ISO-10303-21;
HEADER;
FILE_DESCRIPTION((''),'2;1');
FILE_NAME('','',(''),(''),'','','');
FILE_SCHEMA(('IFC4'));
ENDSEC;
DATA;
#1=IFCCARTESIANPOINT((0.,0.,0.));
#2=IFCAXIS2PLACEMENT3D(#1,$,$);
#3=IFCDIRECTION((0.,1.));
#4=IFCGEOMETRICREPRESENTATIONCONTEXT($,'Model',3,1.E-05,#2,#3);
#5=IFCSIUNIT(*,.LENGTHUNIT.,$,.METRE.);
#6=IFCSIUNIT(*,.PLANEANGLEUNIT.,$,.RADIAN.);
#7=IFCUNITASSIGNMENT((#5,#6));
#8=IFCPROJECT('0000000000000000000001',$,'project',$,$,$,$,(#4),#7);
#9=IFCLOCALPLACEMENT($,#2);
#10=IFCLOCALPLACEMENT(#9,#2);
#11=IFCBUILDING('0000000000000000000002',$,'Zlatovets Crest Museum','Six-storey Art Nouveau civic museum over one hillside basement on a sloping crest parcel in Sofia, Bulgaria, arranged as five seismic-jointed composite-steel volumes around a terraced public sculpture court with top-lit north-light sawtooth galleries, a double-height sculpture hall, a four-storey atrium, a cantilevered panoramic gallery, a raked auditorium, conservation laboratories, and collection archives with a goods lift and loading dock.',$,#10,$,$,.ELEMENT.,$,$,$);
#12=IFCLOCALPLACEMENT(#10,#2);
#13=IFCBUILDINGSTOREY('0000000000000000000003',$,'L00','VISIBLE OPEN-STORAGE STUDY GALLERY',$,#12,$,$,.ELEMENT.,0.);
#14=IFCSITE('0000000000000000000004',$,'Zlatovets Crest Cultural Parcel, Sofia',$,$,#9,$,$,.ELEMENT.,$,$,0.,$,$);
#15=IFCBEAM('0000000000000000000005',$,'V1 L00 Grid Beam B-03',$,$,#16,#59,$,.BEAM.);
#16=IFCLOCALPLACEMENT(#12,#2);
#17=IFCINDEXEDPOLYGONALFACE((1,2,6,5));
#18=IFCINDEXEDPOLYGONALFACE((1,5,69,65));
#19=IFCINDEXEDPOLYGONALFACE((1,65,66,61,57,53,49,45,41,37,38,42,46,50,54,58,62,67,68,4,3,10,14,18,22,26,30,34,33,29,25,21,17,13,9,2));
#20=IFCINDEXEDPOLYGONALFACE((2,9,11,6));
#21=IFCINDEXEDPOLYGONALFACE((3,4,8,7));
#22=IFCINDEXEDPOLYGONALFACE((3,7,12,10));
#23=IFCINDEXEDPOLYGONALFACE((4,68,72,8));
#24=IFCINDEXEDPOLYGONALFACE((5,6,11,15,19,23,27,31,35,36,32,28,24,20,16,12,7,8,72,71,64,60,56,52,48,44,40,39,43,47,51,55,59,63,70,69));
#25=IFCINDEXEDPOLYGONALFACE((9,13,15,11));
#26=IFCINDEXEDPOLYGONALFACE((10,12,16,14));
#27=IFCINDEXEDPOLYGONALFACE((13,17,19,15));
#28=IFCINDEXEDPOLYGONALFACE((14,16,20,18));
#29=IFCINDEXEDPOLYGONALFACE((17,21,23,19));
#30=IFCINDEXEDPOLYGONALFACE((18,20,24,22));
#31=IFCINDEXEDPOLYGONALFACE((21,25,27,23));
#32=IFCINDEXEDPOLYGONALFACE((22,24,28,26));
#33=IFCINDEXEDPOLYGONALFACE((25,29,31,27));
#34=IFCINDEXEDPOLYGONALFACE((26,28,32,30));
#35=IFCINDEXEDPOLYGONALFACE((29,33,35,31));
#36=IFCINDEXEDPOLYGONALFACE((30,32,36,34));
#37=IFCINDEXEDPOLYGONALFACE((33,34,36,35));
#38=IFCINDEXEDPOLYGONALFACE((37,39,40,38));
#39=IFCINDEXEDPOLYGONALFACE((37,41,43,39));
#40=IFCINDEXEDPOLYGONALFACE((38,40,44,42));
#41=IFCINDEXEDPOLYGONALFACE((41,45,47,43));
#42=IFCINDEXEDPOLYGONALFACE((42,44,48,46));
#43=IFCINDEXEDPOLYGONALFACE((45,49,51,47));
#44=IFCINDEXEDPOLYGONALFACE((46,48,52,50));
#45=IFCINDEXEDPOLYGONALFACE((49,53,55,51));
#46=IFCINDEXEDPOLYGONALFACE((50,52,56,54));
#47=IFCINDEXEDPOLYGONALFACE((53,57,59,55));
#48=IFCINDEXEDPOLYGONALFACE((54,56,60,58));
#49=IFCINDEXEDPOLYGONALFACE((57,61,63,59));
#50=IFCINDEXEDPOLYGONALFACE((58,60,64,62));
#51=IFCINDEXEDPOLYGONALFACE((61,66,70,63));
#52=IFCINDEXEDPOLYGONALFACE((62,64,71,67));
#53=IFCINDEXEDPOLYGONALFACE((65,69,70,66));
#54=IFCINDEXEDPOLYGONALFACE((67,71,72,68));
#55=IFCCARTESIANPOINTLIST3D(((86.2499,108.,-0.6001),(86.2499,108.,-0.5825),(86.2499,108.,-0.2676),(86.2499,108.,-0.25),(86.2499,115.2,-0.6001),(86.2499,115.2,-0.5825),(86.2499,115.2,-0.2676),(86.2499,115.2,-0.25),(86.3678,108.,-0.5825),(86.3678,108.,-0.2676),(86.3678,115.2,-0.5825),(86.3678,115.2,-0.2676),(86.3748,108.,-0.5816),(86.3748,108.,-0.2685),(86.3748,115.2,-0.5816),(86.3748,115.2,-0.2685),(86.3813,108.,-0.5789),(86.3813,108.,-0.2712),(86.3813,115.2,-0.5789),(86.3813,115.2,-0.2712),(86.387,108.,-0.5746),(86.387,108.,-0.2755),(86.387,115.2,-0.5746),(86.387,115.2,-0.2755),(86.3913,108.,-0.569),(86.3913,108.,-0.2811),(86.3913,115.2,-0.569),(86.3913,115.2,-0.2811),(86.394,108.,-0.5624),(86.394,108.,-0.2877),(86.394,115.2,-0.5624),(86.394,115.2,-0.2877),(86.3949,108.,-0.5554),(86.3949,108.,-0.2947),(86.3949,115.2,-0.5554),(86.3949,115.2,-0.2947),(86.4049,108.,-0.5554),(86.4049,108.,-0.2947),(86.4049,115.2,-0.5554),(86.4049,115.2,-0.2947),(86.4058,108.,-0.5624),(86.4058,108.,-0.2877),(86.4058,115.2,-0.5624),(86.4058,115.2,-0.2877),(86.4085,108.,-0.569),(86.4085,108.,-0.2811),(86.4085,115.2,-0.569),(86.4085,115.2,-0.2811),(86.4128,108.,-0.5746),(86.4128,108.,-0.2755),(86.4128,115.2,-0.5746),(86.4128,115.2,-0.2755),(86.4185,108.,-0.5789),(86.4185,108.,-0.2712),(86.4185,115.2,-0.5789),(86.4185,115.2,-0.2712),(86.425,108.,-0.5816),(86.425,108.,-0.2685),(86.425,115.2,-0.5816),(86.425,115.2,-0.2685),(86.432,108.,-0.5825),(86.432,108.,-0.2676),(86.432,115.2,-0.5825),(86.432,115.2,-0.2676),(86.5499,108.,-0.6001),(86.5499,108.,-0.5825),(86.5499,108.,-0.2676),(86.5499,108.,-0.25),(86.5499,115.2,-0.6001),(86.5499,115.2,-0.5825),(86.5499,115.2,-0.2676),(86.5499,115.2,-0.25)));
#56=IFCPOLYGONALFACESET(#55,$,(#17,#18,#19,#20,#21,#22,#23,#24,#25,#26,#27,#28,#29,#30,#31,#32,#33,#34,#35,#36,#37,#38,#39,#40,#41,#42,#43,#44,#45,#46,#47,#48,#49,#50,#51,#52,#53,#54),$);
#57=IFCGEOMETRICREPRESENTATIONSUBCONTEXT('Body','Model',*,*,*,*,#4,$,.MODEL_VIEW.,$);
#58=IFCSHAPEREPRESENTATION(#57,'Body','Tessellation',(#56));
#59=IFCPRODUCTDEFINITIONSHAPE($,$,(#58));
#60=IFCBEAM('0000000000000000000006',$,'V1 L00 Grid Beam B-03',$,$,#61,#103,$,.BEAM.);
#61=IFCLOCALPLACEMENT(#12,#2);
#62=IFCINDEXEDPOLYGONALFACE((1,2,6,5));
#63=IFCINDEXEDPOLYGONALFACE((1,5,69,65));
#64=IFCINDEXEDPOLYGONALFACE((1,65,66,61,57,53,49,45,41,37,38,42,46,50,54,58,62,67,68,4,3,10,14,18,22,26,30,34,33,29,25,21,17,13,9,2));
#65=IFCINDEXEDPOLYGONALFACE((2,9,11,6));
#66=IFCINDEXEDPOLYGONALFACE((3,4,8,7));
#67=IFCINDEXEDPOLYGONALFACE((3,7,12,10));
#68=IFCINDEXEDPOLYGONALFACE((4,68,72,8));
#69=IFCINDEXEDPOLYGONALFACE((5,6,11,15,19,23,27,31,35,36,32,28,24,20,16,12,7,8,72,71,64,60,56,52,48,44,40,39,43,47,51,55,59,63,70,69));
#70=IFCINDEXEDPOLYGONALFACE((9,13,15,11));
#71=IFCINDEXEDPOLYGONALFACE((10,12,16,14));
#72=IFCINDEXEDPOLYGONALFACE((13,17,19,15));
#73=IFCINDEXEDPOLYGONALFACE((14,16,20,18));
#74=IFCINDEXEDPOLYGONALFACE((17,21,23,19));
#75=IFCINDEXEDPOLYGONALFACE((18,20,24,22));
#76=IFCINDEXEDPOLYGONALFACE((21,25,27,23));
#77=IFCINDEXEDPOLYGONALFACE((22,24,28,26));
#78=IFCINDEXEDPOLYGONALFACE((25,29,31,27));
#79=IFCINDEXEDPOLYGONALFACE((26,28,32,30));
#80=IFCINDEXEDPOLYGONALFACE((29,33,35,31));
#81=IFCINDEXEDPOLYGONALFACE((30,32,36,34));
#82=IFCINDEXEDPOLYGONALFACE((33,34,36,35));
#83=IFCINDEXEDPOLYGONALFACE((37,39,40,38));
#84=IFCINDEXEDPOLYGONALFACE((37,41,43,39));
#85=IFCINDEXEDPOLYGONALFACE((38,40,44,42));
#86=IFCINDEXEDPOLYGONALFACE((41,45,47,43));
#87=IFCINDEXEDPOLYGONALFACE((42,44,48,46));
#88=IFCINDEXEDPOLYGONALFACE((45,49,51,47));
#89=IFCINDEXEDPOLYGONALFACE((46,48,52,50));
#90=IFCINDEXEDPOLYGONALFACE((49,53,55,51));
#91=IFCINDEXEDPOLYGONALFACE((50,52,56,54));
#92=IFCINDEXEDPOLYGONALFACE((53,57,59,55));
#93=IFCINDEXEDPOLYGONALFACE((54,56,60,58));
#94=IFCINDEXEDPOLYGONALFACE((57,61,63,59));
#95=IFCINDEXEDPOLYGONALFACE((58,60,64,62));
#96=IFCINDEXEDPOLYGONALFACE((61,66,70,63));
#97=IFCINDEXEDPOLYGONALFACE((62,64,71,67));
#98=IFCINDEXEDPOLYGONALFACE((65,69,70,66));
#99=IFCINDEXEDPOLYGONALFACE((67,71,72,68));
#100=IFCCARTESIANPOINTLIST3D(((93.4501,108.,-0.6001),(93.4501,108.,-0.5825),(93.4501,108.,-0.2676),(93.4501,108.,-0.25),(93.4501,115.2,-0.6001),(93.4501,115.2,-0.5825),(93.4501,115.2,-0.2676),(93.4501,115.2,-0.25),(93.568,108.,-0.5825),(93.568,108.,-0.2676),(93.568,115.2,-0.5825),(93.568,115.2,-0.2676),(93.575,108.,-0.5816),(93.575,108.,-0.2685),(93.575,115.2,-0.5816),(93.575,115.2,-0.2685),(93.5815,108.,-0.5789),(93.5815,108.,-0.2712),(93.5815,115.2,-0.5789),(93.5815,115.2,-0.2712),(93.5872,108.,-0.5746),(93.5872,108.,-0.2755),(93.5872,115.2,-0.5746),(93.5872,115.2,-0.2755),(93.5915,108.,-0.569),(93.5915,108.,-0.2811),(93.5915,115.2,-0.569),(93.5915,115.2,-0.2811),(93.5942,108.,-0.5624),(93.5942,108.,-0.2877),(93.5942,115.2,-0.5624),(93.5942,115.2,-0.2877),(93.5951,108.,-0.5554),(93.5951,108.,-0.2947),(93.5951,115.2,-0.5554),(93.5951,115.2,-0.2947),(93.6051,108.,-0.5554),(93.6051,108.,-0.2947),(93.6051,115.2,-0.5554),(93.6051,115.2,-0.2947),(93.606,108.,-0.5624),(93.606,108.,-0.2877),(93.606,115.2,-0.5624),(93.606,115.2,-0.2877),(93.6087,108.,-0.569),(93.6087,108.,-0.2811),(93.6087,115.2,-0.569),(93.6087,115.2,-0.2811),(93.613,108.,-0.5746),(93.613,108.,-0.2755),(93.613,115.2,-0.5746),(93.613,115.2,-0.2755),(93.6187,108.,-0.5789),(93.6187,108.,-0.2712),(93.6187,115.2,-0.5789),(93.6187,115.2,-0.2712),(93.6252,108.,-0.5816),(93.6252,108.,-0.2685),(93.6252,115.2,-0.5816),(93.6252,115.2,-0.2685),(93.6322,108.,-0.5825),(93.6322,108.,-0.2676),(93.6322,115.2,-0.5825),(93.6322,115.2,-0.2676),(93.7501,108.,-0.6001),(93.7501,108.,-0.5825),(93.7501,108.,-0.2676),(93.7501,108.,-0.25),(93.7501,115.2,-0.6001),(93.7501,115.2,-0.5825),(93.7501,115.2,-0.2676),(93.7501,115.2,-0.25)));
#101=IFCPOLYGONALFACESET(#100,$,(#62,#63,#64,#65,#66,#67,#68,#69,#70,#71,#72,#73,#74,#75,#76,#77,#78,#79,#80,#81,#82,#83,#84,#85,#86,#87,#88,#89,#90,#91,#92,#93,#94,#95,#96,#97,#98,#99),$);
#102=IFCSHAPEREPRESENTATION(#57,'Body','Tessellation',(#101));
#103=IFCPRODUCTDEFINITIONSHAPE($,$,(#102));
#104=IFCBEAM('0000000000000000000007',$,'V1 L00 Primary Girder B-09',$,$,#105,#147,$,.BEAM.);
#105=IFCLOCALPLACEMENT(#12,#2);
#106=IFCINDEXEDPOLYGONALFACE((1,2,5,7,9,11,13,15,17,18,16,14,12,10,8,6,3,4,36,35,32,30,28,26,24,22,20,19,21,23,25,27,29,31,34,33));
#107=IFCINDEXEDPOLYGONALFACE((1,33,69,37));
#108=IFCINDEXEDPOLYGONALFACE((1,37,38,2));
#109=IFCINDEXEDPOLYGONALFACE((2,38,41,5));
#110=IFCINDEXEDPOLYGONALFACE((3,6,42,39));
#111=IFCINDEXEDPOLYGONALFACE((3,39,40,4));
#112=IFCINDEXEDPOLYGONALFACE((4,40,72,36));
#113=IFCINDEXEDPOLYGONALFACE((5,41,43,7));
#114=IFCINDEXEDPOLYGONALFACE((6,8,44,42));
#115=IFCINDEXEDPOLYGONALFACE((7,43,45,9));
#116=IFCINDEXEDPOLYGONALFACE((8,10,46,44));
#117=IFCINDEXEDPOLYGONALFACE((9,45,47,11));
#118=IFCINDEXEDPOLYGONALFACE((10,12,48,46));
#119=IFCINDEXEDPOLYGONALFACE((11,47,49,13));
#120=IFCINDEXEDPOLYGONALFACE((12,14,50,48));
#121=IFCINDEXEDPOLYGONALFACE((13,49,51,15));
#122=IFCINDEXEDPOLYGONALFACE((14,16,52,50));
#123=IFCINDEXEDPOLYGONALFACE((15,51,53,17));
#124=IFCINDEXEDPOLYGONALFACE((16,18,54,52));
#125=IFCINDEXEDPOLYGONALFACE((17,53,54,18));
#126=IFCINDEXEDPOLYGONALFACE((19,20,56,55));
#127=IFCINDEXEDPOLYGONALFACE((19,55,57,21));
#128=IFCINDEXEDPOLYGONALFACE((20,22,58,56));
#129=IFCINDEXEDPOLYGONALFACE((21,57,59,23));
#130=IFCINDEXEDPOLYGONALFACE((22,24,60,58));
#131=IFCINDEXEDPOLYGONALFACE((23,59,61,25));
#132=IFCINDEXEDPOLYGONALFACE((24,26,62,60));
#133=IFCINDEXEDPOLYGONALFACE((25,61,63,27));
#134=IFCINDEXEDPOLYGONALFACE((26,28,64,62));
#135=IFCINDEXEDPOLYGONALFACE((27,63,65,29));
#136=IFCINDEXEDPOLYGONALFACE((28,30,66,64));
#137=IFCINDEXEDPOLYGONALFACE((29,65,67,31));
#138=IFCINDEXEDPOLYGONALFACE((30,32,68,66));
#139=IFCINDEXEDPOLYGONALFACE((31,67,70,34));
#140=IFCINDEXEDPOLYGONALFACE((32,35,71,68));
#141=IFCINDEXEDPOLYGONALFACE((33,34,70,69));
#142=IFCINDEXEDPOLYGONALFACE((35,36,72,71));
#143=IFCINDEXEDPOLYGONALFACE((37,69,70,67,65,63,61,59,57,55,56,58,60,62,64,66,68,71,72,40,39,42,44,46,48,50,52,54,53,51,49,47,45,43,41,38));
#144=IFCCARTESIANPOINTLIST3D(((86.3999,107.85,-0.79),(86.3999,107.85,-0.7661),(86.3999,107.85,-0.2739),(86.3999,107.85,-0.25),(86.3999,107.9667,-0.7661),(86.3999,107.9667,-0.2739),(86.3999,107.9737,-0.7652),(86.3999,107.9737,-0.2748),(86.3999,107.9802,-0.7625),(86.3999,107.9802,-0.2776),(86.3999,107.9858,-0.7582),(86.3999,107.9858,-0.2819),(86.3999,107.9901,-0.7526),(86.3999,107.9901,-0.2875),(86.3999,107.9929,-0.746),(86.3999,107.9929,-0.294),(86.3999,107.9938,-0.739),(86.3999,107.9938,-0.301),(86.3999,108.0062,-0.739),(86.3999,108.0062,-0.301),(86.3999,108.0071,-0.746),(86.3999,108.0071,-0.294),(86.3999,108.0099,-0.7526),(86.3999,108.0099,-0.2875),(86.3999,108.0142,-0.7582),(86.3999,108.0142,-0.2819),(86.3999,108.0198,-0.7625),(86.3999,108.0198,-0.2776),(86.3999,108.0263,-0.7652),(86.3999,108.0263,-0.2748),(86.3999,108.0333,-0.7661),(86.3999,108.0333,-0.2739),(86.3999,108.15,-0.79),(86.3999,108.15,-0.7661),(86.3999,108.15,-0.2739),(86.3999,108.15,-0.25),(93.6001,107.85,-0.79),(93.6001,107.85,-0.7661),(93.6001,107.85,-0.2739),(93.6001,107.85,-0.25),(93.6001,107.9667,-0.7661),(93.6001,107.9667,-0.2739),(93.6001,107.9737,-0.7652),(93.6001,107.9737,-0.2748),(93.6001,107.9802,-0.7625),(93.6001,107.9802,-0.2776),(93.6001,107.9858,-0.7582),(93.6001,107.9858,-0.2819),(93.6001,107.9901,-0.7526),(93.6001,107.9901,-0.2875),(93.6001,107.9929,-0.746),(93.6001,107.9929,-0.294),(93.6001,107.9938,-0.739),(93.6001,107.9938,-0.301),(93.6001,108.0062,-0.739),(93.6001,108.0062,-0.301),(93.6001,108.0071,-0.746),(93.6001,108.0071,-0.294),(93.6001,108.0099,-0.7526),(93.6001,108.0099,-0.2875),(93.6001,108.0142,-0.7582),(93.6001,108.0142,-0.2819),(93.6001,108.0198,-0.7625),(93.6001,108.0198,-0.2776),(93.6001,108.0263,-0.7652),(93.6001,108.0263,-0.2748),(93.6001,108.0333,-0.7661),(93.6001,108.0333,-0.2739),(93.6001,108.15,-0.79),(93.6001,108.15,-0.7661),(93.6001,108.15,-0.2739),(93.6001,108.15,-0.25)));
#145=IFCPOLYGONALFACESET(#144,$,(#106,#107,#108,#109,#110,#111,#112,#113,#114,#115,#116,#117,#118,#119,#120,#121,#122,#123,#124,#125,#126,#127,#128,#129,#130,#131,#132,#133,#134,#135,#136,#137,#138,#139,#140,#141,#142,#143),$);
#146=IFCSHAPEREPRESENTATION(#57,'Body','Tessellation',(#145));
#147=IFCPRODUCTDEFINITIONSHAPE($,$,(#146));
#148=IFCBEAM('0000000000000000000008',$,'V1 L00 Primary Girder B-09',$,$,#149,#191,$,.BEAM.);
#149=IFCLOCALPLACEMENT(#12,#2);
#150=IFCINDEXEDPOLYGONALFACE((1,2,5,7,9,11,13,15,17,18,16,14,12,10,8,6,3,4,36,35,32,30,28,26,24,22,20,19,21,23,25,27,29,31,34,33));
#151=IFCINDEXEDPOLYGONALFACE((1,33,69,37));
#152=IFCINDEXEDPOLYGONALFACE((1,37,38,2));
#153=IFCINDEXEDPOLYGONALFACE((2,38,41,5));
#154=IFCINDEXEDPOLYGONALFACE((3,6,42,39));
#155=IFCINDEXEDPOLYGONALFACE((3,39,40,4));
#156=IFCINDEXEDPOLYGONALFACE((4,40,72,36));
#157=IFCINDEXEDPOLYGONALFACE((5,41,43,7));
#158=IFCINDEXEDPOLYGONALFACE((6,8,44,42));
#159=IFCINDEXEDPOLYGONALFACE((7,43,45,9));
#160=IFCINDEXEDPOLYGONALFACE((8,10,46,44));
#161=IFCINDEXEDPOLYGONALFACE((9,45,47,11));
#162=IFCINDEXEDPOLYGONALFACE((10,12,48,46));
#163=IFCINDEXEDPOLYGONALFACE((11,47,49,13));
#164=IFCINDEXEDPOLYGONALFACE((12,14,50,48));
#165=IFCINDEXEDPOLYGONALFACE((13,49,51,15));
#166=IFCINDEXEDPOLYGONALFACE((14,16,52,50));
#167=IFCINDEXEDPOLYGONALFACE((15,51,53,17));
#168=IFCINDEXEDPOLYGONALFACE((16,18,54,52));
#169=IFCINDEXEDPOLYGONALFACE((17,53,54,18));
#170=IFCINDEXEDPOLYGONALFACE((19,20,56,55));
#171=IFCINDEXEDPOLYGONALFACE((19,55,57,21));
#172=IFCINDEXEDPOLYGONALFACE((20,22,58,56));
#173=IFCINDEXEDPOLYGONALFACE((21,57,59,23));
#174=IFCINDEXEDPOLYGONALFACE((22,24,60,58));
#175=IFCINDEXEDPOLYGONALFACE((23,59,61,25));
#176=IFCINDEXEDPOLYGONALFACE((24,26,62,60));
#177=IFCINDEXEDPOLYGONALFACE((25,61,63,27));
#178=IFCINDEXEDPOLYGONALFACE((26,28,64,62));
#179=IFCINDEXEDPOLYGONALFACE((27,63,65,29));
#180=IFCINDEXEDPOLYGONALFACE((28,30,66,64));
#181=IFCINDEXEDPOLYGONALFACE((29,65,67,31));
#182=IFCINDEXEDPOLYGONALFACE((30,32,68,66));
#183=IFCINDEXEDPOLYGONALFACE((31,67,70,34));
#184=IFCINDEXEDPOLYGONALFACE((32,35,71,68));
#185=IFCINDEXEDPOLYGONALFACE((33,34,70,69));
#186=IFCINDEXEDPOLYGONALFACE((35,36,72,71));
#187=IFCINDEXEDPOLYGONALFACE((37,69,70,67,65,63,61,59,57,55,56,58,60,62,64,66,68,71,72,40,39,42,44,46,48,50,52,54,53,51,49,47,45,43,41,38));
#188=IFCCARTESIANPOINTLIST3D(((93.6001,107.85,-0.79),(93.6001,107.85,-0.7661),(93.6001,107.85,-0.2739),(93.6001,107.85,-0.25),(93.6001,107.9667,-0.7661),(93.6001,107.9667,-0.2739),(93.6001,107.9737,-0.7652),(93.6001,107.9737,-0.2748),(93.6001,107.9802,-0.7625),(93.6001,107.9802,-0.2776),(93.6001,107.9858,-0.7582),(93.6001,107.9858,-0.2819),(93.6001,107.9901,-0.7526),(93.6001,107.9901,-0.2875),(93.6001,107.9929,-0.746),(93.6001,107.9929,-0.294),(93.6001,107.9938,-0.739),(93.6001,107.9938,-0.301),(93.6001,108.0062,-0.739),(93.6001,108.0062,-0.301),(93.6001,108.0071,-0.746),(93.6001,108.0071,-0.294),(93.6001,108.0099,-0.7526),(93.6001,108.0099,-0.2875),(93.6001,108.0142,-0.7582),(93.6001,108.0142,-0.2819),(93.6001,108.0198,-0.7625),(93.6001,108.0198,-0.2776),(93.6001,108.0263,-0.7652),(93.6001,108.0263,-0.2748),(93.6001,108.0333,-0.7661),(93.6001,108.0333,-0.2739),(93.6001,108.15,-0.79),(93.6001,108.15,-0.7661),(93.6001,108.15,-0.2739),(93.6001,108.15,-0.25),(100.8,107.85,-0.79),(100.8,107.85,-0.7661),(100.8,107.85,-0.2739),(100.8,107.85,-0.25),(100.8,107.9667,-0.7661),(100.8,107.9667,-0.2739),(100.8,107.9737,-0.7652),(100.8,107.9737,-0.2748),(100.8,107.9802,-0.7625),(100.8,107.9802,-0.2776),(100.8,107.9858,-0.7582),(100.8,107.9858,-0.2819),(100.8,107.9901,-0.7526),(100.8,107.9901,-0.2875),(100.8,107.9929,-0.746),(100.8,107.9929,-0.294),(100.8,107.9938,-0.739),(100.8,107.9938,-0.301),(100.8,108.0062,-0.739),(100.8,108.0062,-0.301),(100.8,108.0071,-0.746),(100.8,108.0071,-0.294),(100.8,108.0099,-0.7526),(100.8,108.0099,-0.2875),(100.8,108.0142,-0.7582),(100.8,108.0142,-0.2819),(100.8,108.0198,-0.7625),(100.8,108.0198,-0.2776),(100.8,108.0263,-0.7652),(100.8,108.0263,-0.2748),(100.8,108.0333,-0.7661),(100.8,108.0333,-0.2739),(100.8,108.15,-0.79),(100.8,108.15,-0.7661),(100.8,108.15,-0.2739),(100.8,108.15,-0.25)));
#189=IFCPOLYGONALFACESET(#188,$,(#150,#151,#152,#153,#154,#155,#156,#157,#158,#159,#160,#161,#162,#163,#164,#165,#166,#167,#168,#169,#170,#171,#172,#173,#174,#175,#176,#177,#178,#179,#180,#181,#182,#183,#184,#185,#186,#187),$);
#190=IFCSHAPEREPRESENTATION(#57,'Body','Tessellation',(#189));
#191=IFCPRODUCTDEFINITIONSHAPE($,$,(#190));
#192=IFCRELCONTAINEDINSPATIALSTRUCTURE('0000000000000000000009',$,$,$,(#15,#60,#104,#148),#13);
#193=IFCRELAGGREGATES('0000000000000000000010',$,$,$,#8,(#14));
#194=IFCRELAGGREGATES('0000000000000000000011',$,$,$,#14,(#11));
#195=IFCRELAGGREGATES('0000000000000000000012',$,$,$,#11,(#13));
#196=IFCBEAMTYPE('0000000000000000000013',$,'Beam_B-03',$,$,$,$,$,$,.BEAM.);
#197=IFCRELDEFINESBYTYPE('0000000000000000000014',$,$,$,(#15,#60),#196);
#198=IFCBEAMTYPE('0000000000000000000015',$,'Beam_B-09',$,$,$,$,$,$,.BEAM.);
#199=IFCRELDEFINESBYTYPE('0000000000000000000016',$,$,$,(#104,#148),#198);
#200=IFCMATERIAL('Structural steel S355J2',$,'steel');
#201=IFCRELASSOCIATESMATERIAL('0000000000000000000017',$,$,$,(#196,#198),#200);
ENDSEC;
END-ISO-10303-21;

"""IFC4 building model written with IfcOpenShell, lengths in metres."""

from ifc_helpers import new_model, si_unit, direction, frame, origin, origin_2d, place, context, subcontext, project, spatial, i_section, extrude, material, material_profile, profile_set, type_object, element, save


model = new_model("IFC4")

# Units and contexts
model_context = context("Model", 3, precision=1e-05, world=origin(), true_north=direction((0.0, 1.0)))
body_context = subcontext(model_context, "Body", "Model", "MODEL_VIEW")
ifc_project = project(units=[si_unit("LENGTHUNIT", "METRE"), si_unit("PLANEANGLEUNIT", "RADIAN")], contexts=[model_context])

# Site, building, storey
site_placement = place(None, origin())
site = spatial("IfcSite", under=ifc_project, at=site_placement, Name="Zlatovets Crest Cultural Parcel, Sofia", CompositionType="ELEMENT", RefElevation=0.0)
building_placement = place(site_placement, origin())
building = spatial("IfcBuilding", under=site, at=building_placement, Name="Zlatovets Crest Museum", Description="Six-storey Art Nouveau civic museum over one hillside basement on a sloping crest parcel in Sofia, Bulgaria, arranged as five seismic-jointed composite-steel volumes around a terraced public sculpture court with top-lit north-light sawtooth galleries, a double-height sculpture hall, a four-storey atrium, a cantilevered panoramic gallery, a raked auditorium, conservation laboratories, and collection archives with a goods lift and loading dock.", CompositionType="ELEMENT")
storey_placement = place(building_placement, origin())
storey = spatial("IfcBuildingStorey", under=building, at=storey_placement, Name="L00", Description="VISIBLE OPEN-STORAGE STUDY GALLERY", CompositionType="ELEMENT", Elevation=0.0)

# Shared definitions
ifc_material_1 = material(Name="Structural steel S355J2", Category="steel")

# Beams
ifc_material_profile_1 = material_profile(ifc_material_1, i_section(OverallWidth=0.3, OverallDepth=0.3501, WebThickness=0.01, FlangeThickness=0.0176, FilletRadius=0.0271, at=origin_2d()), Name="HEA 360")
ifc_profile_set_1 = profile_set([ifc_material_profile_1], Name="Structural steel S355J2")
beam_type_1 = type_object("IfcBeamType", Name="Beam_B-03", PredefinedType="BEAM", material=ifc_profile_set_1)
for number, where, z_axis, x_axis, name in (
    (1, (86.3999, 108.0, -0.425), (0.0, 1.0, 0.0), (-1.0, 0.0, 0.0), "V1 L00 Grid Beam B-03"),
    (2, (93.6001, 108.0, -0.425), (0.0, 1.0, 0.0), (-1.0, 0.0, 0.0), "V1 L00 Grid Beam B-03"),
):
    element("IfcBeam", number, at=place(storey_placement, frame(where, z_axis=z_axis, x_axis=x_axis)), inside=storey, type_object=beam_type_1, Name=name, PredefinedType="BEAM", context=body_context, shape_type="SweptSolid", body=[
        extrude(i_section(OverallWidth=0.3, OverallDepth=0.3501, WebThickness=0.01, FlangeThickness=0.0176, FilletRadius=0.0271, at=origin_2d()), origin(), (0.0, 0.0, 1.0), 7.2),
    ])
ifc_material_profile_2 = material_profile(ifc_material_1, i_section(OverallWidth=0.3, OverallDepth=0.54, WebThickness=0.0125, FlangeThickness=0.0239, FilletRadius=0.0271, at=origin_2d()), Name="HEA 550")
ifc_profile_set_2 = profile_set([ifc_material_profile_2], Name="Structural steel S355J2")
beam_type_2 = type_object("IfcBeamType", Name="Beam_B-09", PredefinedType="BEAM", material=ifc_profile_set_2)
beam_1_placement = place(storey_placement, frame((86.3999, 108.0, -0.52), z_axis=(1.0, 0.0, 0.0), x_axis=(0.0, 1.0, 0.0)))
element("IfcBeam", 3, at=beam_1_placement, inside=storey, type_object=beam_type_2, Name="V1 L00 Primary Girder B-09", PredefinedType="BEAM", context=body_context, shape_type="SweptSolid", body=[
    extrude(i_section(OverallWidth=0.3, OverallDepth=0.54, WebThickness=0.0125, FlangeThickness=0.0239, FilletRadius=0.0271, at=origin_2d()), origin(), (0.0, 0.0, 1.0), 7.2002),
])
beam_2_placement = place(storey_placement, frame((93.6001, 108.0, -0.52), z_axis=(1.0, 0.0, 0.0), x_axis=(0.0, 1.0, 0.0)))
element("IfcBeam", 4, at=beam_2_placement, inside=storey, type_object=beam_type_2, Name="V1 L00 Primary Girder B-09", PredefinedType="BEAM", context=body_context, shape_type="SweptSolid", body=[
    extrude(i_section(OverallWidth=0.3, OverallDepth=0.54, WebThickness=0.0125, FlangeThickness=0.0239, FilletRadius=0.0271, at=origin_2d()), origin(), (0.0, 0.0, 1.0), 7.2),
])

save(model, "model.ifc")
